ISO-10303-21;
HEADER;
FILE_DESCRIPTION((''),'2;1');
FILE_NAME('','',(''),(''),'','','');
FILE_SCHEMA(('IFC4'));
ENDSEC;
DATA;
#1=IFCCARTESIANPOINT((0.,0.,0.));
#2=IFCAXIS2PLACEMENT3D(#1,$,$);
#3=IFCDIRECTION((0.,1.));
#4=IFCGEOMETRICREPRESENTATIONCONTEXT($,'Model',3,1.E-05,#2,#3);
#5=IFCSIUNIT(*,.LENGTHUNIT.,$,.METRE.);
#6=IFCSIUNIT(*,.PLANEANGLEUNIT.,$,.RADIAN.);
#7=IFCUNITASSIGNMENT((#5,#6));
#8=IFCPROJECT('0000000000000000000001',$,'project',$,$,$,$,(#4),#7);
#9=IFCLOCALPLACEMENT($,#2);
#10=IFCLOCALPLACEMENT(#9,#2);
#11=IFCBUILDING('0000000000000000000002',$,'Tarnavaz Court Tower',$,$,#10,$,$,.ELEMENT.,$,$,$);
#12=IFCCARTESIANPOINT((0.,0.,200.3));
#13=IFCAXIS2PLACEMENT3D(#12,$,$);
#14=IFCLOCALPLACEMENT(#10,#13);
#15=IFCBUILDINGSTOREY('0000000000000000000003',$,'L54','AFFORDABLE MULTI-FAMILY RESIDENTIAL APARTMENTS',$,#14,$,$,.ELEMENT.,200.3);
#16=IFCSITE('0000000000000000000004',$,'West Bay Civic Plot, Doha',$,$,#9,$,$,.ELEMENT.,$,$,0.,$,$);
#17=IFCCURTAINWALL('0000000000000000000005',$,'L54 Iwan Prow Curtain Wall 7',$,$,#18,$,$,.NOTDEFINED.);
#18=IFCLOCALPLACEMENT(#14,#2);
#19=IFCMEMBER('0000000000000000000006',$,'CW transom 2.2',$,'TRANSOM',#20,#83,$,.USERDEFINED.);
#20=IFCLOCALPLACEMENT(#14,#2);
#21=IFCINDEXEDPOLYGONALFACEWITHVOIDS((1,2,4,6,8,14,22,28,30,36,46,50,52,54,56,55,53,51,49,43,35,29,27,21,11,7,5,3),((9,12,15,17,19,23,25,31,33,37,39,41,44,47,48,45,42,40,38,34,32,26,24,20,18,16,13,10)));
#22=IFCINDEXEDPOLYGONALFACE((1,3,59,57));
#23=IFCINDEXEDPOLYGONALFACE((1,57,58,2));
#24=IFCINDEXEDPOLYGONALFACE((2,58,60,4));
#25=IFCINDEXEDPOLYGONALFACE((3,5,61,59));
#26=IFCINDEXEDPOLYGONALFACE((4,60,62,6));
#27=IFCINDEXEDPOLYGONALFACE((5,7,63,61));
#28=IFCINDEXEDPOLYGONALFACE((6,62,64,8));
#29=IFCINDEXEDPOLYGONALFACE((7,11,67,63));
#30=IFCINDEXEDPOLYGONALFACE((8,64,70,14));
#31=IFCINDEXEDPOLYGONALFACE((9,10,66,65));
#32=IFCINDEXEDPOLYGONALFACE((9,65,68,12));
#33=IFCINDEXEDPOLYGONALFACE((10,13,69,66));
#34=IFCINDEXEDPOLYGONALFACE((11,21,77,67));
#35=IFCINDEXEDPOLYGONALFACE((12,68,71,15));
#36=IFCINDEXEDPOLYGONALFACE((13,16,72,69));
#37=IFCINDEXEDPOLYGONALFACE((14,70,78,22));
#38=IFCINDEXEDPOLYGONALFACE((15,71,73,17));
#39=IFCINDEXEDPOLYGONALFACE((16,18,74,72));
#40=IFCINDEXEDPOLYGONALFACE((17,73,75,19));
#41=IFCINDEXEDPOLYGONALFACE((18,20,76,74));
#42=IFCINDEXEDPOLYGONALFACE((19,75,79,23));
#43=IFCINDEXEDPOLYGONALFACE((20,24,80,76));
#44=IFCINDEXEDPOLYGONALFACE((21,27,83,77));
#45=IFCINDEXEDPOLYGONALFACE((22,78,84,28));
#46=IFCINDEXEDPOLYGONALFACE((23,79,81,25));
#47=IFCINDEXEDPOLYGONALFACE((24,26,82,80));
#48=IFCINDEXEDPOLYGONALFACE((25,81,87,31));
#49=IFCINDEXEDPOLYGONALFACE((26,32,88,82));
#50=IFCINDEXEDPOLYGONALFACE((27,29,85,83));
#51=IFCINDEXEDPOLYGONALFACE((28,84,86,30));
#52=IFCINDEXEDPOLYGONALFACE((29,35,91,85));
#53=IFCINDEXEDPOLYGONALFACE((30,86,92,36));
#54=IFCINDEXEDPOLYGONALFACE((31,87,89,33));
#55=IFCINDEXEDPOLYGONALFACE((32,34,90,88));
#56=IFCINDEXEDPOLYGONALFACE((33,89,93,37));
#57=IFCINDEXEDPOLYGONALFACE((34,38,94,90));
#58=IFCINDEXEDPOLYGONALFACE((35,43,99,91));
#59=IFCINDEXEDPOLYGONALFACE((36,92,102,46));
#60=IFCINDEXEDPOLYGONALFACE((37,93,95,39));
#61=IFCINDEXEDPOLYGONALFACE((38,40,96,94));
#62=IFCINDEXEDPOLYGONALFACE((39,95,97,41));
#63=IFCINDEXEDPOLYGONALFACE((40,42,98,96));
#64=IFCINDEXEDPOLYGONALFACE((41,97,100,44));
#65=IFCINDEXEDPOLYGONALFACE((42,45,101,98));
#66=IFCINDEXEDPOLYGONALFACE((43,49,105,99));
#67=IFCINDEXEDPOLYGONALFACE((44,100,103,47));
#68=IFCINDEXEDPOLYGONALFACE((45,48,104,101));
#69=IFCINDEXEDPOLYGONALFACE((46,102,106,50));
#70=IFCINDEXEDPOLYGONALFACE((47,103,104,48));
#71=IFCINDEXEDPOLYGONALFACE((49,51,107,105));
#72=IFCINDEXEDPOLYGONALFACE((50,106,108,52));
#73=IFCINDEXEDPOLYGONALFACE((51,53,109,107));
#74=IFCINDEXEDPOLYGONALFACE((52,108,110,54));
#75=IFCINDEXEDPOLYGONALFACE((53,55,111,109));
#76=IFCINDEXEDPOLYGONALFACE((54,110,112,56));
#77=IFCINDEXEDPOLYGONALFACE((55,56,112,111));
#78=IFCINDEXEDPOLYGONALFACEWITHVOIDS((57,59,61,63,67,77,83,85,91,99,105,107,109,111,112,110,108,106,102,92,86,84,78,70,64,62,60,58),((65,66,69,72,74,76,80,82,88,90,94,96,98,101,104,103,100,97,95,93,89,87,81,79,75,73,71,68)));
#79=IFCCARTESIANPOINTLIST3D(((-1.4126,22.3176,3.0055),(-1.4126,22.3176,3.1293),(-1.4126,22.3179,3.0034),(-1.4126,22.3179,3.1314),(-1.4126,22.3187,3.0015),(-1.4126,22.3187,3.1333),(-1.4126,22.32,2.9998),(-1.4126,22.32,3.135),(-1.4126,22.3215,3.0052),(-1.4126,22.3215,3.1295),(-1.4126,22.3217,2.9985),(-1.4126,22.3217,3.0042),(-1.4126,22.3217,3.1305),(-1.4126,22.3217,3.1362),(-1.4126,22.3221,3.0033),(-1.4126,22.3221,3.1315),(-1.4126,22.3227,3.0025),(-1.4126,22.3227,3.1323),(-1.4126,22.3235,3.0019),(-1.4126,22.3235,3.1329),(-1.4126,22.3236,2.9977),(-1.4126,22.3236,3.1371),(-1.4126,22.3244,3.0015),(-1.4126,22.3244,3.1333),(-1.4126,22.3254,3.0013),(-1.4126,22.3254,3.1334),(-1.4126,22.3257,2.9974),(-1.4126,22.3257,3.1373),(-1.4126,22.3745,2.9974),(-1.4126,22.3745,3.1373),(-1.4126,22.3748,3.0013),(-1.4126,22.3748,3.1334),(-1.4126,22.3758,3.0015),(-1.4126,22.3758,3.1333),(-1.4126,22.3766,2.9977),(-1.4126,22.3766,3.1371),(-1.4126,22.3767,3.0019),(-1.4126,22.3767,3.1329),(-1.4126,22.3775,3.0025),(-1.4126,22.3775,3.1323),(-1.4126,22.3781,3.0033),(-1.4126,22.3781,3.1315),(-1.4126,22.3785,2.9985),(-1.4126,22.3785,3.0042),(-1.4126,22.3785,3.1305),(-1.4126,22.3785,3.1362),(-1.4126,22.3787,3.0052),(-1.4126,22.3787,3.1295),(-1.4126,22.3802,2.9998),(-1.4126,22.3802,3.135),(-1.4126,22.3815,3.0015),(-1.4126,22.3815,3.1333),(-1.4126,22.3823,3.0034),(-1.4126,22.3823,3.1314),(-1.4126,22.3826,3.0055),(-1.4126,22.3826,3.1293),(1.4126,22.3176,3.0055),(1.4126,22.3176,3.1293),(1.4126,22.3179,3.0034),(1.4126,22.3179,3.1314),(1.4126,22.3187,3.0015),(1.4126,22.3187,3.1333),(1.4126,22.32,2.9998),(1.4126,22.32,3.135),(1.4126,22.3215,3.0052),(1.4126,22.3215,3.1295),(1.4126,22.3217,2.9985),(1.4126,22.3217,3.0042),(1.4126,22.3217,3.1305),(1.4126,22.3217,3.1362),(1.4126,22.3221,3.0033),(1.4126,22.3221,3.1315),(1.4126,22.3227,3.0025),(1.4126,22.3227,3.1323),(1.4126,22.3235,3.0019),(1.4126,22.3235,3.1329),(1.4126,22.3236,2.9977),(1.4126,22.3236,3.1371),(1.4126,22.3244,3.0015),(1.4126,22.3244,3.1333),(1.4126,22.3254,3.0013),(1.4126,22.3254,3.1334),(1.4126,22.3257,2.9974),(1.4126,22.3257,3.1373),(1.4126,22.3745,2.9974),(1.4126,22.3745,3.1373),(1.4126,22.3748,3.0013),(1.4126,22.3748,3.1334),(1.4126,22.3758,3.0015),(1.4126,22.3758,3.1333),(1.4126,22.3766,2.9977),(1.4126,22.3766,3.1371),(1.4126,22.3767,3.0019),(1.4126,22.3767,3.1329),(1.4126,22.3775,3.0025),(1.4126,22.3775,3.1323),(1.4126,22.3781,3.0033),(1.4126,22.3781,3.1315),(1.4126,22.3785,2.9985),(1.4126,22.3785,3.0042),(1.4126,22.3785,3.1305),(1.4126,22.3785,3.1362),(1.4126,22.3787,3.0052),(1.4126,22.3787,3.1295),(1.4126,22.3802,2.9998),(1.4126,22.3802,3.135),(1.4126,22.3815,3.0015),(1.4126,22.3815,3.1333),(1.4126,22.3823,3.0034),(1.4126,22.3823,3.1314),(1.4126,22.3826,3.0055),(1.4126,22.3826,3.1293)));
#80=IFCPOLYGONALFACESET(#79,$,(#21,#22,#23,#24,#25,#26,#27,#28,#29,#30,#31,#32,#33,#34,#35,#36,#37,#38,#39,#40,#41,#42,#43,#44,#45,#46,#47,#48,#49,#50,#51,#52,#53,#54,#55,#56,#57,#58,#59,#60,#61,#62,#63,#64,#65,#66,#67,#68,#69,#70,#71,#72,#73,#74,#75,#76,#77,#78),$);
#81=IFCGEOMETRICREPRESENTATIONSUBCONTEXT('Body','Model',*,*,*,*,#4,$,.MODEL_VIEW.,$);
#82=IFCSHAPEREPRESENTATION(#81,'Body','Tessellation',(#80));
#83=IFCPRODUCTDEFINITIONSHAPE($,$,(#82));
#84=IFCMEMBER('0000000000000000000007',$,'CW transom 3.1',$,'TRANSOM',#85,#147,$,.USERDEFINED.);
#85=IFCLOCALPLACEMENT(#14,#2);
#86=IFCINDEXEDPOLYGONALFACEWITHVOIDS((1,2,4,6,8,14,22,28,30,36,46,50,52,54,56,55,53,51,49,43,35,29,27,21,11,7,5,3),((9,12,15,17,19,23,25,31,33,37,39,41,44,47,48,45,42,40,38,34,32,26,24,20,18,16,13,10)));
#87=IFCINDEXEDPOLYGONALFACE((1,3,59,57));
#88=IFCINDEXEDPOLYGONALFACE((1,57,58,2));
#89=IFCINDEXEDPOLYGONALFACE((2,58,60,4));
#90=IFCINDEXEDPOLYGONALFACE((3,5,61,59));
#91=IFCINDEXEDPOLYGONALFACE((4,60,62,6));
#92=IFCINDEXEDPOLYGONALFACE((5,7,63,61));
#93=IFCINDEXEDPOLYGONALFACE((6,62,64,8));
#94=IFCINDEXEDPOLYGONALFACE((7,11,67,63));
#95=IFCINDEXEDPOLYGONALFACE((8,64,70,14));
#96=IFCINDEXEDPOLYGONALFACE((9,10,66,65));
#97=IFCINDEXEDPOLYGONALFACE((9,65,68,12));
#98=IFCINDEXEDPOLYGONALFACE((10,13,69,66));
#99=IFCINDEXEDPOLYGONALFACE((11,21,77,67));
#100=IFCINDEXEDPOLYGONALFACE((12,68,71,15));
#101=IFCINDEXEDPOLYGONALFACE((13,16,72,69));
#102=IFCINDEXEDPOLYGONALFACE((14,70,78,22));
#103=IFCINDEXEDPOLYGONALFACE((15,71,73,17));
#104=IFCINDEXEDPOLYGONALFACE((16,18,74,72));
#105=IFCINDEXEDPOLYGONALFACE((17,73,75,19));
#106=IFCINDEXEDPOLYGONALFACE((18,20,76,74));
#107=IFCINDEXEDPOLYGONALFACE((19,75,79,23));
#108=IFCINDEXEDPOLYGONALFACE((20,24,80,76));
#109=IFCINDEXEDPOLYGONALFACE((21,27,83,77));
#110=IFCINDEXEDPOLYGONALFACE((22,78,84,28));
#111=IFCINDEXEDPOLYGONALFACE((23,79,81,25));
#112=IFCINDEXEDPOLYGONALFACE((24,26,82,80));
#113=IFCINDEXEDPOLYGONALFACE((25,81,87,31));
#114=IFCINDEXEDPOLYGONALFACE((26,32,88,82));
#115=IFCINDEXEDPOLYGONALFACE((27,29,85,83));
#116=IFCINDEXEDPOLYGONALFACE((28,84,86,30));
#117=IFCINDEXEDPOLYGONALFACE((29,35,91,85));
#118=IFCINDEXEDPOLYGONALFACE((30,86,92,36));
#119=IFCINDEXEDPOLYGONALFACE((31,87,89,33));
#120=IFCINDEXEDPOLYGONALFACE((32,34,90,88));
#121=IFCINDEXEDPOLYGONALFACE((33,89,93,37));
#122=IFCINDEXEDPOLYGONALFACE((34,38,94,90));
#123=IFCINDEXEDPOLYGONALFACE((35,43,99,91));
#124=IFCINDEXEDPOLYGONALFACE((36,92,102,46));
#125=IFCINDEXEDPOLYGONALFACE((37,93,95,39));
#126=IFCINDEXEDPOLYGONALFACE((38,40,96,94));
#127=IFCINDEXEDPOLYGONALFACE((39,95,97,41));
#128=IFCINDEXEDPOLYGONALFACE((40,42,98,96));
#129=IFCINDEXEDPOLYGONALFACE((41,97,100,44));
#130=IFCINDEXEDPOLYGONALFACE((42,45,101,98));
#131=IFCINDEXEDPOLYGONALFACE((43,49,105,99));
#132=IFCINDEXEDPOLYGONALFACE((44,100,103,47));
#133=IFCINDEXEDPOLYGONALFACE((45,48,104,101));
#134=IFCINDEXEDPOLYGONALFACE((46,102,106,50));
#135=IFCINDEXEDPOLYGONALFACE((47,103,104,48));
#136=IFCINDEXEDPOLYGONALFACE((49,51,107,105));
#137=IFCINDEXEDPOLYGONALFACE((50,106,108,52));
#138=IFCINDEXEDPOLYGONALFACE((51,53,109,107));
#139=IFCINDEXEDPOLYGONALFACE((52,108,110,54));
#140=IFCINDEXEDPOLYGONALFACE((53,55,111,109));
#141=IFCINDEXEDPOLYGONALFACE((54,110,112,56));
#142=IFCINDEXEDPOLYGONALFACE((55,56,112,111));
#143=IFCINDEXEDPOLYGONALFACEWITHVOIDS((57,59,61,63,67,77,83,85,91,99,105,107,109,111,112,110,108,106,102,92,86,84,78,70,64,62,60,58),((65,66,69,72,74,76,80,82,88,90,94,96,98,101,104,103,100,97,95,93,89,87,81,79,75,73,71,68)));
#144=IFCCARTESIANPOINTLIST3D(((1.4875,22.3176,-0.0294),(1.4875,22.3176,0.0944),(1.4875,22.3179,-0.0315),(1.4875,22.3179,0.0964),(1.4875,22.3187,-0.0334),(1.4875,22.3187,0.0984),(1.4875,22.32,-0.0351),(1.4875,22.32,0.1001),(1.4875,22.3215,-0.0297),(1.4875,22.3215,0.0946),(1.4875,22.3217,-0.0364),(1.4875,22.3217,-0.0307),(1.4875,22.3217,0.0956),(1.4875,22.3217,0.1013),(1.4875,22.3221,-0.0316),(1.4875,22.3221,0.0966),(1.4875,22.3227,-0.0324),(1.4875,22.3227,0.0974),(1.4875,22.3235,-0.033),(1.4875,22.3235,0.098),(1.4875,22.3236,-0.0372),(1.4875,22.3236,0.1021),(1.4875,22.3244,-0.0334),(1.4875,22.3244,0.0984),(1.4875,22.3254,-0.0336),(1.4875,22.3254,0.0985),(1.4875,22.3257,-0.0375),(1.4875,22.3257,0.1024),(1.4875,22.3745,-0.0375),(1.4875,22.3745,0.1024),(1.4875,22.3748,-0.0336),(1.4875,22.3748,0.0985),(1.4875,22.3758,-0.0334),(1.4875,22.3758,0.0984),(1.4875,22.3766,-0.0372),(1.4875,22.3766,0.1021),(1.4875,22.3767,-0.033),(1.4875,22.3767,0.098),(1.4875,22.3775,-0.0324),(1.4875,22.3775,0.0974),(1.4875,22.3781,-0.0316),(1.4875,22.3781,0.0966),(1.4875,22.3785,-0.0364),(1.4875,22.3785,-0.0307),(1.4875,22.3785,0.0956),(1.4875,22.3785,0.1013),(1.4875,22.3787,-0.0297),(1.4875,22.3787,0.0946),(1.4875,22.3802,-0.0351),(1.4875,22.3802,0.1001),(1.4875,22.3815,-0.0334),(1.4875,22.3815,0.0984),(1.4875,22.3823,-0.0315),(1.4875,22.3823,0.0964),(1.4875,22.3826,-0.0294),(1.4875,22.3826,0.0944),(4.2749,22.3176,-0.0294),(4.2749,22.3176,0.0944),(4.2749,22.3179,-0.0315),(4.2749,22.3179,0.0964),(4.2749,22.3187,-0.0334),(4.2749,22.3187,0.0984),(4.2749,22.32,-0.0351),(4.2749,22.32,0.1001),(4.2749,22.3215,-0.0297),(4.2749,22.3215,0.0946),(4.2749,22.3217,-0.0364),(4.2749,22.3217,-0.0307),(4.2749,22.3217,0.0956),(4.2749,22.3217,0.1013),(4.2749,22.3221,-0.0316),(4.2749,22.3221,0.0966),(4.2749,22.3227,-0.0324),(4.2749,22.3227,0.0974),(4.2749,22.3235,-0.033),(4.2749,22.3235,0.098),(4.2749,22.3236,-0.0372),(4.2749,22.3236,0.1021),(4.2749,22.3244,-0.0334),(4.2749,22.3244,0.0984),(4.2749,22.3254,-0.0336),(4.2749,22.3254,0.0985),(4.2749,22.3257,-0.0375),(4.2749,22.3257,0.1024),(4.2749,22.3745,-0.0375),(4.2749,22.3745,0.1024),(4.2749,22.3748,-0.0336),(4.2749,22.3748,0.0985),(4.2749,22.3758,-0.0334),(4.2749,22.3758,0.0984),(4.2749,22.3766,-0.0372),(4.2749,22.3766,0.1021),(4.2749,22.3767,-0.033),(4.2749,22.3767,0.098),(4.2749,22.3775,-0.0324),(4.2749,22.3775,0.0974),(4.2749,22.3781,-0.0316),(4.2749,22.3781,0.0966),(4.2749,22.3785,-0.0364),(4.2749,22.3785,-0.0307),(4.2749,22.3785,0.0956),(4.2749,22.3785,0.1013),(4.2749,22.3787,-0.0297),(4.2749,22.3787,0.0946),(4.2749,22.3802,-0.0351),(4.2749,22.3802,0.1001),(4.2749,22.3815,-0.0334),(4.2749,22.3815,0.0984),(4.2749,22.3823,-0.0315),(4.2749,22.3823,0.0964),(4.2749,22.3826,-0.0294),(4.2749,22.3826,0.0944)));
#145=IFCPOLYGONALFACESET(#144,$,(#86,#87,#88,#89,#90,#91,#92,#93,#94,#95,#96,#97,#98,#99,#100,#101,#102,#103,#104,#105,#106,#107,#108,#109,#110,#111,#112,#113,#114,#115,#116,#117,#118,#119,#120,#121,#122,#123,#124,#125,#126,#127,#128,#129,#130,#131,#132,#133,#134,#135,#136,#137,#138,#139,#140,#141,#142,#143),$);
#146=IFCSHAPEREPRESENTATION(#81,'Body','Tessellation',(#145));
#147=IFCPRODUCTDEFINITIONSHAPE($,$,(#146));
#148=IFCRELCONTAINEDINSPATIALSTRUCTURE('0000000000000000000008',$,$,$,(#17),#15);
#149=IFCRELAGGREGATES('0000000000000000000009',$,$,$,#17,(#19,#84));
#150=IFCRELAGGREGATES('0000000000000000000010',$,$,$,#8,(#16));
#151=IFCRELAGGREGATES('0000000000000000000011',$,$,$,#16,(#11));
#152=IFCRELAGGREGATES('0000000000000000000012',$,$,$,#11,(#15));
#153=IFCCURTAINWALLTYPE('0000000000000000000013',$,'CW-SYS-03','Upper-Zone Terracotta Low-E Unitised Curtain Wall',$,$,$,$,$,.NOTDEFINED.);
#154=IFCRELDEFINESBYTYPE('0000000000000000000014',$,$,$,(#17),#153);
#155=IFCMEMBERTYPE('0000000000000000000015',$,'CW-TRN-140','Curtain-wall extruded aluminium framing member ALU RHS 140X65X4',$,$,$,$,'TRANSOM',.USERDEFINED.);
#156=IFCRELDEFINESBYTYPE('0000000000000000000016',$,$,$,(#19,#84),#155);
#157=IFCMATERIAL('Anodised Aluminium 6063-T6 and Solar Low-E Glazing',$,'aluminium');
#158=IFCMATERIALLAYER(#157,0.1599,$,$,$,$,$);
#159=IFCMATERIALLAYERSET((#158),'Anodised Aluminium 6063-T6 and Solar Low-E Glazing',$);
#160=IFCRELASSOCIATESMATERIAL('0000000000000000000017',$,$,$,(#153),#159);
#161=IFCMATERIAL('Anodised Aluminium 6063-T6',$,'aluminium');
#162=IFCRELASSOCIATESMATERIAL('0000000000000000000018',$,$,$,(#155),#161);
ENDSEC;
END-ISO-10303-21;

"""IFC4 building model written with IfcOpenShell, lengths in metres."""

from ifc_helpers import new_model, si_unit, direction, frame, origin, origin_2d, place, context, subcontext, project, spatial, hollow_rectangle, extrude, material, layer, layer_set, material_profile, profile_set, type_object, element, aggregate, save


model = new_model("IFC4")

# Units and contexts
model_context = context("Model", 3, precision=1e-05, world=origin(), true_north=direction((0.0, 1.0)))
body_context = subcontext(model_context, "Body", "Model", "MODEL_VIEW")
ifc_project = project(units=[si_unit("LENGTHUNIT", "METRE"), si_unit("PLANEANGLEUNIT", "RADIAN")], contexts=[model_context])

# Site, building, storey
site_placement = place(None, origin())
site = spatial("IfcSite", under=ifc_project, at=site_placement, Name="West Bay Civic Plot, Doha", CompositionType="ELEMENT", RefElevation=0.0)
building_placement = place(site_placement, origin())
building = spatial("IfcBuilding", under=site, at=building_placement, Name="Tarnavaz Court Tower", CompositionType="ELEMENT")
storey_placement = place(building_placement, frame((0.0, 0.0, 200.3)))
storey = spatial("IfcBuildingStorey", under=building, at=storey_placement, Name="L54", Description="AFFORDABLE MULTI-FAMILY RESIDENTIAL APARTMENTS", CompositionType="ELEMENT", Elevation=200.3)

# Curtain wall, members
ifc_material_1 = material(Name="Anodised Aluminium 6063-T6 and Solar Low-E Glazing", Category="aluminium")
ifc_layer_1 = layer(ifc_material_1, 0.1599)
ifc_layer_set_1 = layer_set([ifc_layer_1], Name="Anodised Aluminium 6063-T6 and Solar Low-E Glazing")
curtain_wall_type = type_object("IfcCurtainWallType", Name="CW-SYS-03", Description="Upper-Zone Terracotta Low-E Unitised Curtain Wall", PredefinedType="NOTDEFINED", material=ifc_layer_set_1)
curtain_wall_placement = place(storey_placement, origin())
curtain_wall = element("IfcCurtainWall", 1, at=curtain_wall_placement, inside=storey, type_object=curtain_wall_type, Name="L54 Iwan Prow Curtain Wall 7", PredefinedType="NOTDEFINED")
ifc_material_2 = material(Name="Anodised Aluminium 6063-T6", Category="aluminium")
ifc_material_profile_1 = material_profile(ifc_material_2, hollow_rectangle(XDim=0.0649, YDim=0.1399, WallThickness=0.0039, InnerFilletRadius=0.0039, OuterFilletRadius=0.0081, at=origin_2d()), Name="ALU RHS 140X65X4")
ifc_profile_set_1 = profile_set([ifc_material_profile_1], Name="Anodised Aluminium 6063-T6")
member_type_1 = type_object("IfcMemberType", Name="CW-TRN-140", Description="Curtain-wall extruded aluminium framing member ALU RHS 140X65X4", ElementType="TRANSOM", PredefinedType="USERDEFINED", material=ifc_profile_set_1)
member_1_placement = place(storey_placement, frame((-1.4126, 22.3501, 3.0674), z_axis=(1.0, 0.0, 0.0), x_axis=(0.0, 1.0, 0.0)))
member_1 = element("IfcMember", 2, at=member_1_placement, type_object=member_type_1, Name="CW transom 2.2", ObjectType="TRANSOM", PredefinedType="USERDEFINED", context=body_context, shape_type="SweptSolid", body=[
    extrude(hollow_rectangle(XDim=0.0649, YDim=0.1399, WallThickness=0.0039, InnerFilletRadius=0.0039, OuterFilletRadius=0.0081, at=origin_2d()), origin(), (0.0, 0.0, 1.0), 2.8252),
])
member_2_placement = place(storey_placement, frame((1.4875, 22.3501, 0.0325), z_axis=(1.0, 0.0, 0.0), x_axis=(0.0, 1.0, 0.0)))
member_2 = element("IfcMember", 3, at=member_2_placement, type_object=member_type_1, Name="CW transom 3.1", ObjectType="TRANSOM", PredefinedType="USERDEFINED", context=body_context, shape_type="SweptSolid", body=[
    extrude(hollow_rectangle(XDim=0.0649, YDim=0.1399, WallThickness=0.0039, InnerFilletRadius=0.0039, OuterFilletRadius=0.0081, at=origin_2d()), origin(), (0.0, 0.0, 1.0), 2.7874),
])
aggregate(curtain_wall, [member_1, member_2])

save(model, "model.ifc")
